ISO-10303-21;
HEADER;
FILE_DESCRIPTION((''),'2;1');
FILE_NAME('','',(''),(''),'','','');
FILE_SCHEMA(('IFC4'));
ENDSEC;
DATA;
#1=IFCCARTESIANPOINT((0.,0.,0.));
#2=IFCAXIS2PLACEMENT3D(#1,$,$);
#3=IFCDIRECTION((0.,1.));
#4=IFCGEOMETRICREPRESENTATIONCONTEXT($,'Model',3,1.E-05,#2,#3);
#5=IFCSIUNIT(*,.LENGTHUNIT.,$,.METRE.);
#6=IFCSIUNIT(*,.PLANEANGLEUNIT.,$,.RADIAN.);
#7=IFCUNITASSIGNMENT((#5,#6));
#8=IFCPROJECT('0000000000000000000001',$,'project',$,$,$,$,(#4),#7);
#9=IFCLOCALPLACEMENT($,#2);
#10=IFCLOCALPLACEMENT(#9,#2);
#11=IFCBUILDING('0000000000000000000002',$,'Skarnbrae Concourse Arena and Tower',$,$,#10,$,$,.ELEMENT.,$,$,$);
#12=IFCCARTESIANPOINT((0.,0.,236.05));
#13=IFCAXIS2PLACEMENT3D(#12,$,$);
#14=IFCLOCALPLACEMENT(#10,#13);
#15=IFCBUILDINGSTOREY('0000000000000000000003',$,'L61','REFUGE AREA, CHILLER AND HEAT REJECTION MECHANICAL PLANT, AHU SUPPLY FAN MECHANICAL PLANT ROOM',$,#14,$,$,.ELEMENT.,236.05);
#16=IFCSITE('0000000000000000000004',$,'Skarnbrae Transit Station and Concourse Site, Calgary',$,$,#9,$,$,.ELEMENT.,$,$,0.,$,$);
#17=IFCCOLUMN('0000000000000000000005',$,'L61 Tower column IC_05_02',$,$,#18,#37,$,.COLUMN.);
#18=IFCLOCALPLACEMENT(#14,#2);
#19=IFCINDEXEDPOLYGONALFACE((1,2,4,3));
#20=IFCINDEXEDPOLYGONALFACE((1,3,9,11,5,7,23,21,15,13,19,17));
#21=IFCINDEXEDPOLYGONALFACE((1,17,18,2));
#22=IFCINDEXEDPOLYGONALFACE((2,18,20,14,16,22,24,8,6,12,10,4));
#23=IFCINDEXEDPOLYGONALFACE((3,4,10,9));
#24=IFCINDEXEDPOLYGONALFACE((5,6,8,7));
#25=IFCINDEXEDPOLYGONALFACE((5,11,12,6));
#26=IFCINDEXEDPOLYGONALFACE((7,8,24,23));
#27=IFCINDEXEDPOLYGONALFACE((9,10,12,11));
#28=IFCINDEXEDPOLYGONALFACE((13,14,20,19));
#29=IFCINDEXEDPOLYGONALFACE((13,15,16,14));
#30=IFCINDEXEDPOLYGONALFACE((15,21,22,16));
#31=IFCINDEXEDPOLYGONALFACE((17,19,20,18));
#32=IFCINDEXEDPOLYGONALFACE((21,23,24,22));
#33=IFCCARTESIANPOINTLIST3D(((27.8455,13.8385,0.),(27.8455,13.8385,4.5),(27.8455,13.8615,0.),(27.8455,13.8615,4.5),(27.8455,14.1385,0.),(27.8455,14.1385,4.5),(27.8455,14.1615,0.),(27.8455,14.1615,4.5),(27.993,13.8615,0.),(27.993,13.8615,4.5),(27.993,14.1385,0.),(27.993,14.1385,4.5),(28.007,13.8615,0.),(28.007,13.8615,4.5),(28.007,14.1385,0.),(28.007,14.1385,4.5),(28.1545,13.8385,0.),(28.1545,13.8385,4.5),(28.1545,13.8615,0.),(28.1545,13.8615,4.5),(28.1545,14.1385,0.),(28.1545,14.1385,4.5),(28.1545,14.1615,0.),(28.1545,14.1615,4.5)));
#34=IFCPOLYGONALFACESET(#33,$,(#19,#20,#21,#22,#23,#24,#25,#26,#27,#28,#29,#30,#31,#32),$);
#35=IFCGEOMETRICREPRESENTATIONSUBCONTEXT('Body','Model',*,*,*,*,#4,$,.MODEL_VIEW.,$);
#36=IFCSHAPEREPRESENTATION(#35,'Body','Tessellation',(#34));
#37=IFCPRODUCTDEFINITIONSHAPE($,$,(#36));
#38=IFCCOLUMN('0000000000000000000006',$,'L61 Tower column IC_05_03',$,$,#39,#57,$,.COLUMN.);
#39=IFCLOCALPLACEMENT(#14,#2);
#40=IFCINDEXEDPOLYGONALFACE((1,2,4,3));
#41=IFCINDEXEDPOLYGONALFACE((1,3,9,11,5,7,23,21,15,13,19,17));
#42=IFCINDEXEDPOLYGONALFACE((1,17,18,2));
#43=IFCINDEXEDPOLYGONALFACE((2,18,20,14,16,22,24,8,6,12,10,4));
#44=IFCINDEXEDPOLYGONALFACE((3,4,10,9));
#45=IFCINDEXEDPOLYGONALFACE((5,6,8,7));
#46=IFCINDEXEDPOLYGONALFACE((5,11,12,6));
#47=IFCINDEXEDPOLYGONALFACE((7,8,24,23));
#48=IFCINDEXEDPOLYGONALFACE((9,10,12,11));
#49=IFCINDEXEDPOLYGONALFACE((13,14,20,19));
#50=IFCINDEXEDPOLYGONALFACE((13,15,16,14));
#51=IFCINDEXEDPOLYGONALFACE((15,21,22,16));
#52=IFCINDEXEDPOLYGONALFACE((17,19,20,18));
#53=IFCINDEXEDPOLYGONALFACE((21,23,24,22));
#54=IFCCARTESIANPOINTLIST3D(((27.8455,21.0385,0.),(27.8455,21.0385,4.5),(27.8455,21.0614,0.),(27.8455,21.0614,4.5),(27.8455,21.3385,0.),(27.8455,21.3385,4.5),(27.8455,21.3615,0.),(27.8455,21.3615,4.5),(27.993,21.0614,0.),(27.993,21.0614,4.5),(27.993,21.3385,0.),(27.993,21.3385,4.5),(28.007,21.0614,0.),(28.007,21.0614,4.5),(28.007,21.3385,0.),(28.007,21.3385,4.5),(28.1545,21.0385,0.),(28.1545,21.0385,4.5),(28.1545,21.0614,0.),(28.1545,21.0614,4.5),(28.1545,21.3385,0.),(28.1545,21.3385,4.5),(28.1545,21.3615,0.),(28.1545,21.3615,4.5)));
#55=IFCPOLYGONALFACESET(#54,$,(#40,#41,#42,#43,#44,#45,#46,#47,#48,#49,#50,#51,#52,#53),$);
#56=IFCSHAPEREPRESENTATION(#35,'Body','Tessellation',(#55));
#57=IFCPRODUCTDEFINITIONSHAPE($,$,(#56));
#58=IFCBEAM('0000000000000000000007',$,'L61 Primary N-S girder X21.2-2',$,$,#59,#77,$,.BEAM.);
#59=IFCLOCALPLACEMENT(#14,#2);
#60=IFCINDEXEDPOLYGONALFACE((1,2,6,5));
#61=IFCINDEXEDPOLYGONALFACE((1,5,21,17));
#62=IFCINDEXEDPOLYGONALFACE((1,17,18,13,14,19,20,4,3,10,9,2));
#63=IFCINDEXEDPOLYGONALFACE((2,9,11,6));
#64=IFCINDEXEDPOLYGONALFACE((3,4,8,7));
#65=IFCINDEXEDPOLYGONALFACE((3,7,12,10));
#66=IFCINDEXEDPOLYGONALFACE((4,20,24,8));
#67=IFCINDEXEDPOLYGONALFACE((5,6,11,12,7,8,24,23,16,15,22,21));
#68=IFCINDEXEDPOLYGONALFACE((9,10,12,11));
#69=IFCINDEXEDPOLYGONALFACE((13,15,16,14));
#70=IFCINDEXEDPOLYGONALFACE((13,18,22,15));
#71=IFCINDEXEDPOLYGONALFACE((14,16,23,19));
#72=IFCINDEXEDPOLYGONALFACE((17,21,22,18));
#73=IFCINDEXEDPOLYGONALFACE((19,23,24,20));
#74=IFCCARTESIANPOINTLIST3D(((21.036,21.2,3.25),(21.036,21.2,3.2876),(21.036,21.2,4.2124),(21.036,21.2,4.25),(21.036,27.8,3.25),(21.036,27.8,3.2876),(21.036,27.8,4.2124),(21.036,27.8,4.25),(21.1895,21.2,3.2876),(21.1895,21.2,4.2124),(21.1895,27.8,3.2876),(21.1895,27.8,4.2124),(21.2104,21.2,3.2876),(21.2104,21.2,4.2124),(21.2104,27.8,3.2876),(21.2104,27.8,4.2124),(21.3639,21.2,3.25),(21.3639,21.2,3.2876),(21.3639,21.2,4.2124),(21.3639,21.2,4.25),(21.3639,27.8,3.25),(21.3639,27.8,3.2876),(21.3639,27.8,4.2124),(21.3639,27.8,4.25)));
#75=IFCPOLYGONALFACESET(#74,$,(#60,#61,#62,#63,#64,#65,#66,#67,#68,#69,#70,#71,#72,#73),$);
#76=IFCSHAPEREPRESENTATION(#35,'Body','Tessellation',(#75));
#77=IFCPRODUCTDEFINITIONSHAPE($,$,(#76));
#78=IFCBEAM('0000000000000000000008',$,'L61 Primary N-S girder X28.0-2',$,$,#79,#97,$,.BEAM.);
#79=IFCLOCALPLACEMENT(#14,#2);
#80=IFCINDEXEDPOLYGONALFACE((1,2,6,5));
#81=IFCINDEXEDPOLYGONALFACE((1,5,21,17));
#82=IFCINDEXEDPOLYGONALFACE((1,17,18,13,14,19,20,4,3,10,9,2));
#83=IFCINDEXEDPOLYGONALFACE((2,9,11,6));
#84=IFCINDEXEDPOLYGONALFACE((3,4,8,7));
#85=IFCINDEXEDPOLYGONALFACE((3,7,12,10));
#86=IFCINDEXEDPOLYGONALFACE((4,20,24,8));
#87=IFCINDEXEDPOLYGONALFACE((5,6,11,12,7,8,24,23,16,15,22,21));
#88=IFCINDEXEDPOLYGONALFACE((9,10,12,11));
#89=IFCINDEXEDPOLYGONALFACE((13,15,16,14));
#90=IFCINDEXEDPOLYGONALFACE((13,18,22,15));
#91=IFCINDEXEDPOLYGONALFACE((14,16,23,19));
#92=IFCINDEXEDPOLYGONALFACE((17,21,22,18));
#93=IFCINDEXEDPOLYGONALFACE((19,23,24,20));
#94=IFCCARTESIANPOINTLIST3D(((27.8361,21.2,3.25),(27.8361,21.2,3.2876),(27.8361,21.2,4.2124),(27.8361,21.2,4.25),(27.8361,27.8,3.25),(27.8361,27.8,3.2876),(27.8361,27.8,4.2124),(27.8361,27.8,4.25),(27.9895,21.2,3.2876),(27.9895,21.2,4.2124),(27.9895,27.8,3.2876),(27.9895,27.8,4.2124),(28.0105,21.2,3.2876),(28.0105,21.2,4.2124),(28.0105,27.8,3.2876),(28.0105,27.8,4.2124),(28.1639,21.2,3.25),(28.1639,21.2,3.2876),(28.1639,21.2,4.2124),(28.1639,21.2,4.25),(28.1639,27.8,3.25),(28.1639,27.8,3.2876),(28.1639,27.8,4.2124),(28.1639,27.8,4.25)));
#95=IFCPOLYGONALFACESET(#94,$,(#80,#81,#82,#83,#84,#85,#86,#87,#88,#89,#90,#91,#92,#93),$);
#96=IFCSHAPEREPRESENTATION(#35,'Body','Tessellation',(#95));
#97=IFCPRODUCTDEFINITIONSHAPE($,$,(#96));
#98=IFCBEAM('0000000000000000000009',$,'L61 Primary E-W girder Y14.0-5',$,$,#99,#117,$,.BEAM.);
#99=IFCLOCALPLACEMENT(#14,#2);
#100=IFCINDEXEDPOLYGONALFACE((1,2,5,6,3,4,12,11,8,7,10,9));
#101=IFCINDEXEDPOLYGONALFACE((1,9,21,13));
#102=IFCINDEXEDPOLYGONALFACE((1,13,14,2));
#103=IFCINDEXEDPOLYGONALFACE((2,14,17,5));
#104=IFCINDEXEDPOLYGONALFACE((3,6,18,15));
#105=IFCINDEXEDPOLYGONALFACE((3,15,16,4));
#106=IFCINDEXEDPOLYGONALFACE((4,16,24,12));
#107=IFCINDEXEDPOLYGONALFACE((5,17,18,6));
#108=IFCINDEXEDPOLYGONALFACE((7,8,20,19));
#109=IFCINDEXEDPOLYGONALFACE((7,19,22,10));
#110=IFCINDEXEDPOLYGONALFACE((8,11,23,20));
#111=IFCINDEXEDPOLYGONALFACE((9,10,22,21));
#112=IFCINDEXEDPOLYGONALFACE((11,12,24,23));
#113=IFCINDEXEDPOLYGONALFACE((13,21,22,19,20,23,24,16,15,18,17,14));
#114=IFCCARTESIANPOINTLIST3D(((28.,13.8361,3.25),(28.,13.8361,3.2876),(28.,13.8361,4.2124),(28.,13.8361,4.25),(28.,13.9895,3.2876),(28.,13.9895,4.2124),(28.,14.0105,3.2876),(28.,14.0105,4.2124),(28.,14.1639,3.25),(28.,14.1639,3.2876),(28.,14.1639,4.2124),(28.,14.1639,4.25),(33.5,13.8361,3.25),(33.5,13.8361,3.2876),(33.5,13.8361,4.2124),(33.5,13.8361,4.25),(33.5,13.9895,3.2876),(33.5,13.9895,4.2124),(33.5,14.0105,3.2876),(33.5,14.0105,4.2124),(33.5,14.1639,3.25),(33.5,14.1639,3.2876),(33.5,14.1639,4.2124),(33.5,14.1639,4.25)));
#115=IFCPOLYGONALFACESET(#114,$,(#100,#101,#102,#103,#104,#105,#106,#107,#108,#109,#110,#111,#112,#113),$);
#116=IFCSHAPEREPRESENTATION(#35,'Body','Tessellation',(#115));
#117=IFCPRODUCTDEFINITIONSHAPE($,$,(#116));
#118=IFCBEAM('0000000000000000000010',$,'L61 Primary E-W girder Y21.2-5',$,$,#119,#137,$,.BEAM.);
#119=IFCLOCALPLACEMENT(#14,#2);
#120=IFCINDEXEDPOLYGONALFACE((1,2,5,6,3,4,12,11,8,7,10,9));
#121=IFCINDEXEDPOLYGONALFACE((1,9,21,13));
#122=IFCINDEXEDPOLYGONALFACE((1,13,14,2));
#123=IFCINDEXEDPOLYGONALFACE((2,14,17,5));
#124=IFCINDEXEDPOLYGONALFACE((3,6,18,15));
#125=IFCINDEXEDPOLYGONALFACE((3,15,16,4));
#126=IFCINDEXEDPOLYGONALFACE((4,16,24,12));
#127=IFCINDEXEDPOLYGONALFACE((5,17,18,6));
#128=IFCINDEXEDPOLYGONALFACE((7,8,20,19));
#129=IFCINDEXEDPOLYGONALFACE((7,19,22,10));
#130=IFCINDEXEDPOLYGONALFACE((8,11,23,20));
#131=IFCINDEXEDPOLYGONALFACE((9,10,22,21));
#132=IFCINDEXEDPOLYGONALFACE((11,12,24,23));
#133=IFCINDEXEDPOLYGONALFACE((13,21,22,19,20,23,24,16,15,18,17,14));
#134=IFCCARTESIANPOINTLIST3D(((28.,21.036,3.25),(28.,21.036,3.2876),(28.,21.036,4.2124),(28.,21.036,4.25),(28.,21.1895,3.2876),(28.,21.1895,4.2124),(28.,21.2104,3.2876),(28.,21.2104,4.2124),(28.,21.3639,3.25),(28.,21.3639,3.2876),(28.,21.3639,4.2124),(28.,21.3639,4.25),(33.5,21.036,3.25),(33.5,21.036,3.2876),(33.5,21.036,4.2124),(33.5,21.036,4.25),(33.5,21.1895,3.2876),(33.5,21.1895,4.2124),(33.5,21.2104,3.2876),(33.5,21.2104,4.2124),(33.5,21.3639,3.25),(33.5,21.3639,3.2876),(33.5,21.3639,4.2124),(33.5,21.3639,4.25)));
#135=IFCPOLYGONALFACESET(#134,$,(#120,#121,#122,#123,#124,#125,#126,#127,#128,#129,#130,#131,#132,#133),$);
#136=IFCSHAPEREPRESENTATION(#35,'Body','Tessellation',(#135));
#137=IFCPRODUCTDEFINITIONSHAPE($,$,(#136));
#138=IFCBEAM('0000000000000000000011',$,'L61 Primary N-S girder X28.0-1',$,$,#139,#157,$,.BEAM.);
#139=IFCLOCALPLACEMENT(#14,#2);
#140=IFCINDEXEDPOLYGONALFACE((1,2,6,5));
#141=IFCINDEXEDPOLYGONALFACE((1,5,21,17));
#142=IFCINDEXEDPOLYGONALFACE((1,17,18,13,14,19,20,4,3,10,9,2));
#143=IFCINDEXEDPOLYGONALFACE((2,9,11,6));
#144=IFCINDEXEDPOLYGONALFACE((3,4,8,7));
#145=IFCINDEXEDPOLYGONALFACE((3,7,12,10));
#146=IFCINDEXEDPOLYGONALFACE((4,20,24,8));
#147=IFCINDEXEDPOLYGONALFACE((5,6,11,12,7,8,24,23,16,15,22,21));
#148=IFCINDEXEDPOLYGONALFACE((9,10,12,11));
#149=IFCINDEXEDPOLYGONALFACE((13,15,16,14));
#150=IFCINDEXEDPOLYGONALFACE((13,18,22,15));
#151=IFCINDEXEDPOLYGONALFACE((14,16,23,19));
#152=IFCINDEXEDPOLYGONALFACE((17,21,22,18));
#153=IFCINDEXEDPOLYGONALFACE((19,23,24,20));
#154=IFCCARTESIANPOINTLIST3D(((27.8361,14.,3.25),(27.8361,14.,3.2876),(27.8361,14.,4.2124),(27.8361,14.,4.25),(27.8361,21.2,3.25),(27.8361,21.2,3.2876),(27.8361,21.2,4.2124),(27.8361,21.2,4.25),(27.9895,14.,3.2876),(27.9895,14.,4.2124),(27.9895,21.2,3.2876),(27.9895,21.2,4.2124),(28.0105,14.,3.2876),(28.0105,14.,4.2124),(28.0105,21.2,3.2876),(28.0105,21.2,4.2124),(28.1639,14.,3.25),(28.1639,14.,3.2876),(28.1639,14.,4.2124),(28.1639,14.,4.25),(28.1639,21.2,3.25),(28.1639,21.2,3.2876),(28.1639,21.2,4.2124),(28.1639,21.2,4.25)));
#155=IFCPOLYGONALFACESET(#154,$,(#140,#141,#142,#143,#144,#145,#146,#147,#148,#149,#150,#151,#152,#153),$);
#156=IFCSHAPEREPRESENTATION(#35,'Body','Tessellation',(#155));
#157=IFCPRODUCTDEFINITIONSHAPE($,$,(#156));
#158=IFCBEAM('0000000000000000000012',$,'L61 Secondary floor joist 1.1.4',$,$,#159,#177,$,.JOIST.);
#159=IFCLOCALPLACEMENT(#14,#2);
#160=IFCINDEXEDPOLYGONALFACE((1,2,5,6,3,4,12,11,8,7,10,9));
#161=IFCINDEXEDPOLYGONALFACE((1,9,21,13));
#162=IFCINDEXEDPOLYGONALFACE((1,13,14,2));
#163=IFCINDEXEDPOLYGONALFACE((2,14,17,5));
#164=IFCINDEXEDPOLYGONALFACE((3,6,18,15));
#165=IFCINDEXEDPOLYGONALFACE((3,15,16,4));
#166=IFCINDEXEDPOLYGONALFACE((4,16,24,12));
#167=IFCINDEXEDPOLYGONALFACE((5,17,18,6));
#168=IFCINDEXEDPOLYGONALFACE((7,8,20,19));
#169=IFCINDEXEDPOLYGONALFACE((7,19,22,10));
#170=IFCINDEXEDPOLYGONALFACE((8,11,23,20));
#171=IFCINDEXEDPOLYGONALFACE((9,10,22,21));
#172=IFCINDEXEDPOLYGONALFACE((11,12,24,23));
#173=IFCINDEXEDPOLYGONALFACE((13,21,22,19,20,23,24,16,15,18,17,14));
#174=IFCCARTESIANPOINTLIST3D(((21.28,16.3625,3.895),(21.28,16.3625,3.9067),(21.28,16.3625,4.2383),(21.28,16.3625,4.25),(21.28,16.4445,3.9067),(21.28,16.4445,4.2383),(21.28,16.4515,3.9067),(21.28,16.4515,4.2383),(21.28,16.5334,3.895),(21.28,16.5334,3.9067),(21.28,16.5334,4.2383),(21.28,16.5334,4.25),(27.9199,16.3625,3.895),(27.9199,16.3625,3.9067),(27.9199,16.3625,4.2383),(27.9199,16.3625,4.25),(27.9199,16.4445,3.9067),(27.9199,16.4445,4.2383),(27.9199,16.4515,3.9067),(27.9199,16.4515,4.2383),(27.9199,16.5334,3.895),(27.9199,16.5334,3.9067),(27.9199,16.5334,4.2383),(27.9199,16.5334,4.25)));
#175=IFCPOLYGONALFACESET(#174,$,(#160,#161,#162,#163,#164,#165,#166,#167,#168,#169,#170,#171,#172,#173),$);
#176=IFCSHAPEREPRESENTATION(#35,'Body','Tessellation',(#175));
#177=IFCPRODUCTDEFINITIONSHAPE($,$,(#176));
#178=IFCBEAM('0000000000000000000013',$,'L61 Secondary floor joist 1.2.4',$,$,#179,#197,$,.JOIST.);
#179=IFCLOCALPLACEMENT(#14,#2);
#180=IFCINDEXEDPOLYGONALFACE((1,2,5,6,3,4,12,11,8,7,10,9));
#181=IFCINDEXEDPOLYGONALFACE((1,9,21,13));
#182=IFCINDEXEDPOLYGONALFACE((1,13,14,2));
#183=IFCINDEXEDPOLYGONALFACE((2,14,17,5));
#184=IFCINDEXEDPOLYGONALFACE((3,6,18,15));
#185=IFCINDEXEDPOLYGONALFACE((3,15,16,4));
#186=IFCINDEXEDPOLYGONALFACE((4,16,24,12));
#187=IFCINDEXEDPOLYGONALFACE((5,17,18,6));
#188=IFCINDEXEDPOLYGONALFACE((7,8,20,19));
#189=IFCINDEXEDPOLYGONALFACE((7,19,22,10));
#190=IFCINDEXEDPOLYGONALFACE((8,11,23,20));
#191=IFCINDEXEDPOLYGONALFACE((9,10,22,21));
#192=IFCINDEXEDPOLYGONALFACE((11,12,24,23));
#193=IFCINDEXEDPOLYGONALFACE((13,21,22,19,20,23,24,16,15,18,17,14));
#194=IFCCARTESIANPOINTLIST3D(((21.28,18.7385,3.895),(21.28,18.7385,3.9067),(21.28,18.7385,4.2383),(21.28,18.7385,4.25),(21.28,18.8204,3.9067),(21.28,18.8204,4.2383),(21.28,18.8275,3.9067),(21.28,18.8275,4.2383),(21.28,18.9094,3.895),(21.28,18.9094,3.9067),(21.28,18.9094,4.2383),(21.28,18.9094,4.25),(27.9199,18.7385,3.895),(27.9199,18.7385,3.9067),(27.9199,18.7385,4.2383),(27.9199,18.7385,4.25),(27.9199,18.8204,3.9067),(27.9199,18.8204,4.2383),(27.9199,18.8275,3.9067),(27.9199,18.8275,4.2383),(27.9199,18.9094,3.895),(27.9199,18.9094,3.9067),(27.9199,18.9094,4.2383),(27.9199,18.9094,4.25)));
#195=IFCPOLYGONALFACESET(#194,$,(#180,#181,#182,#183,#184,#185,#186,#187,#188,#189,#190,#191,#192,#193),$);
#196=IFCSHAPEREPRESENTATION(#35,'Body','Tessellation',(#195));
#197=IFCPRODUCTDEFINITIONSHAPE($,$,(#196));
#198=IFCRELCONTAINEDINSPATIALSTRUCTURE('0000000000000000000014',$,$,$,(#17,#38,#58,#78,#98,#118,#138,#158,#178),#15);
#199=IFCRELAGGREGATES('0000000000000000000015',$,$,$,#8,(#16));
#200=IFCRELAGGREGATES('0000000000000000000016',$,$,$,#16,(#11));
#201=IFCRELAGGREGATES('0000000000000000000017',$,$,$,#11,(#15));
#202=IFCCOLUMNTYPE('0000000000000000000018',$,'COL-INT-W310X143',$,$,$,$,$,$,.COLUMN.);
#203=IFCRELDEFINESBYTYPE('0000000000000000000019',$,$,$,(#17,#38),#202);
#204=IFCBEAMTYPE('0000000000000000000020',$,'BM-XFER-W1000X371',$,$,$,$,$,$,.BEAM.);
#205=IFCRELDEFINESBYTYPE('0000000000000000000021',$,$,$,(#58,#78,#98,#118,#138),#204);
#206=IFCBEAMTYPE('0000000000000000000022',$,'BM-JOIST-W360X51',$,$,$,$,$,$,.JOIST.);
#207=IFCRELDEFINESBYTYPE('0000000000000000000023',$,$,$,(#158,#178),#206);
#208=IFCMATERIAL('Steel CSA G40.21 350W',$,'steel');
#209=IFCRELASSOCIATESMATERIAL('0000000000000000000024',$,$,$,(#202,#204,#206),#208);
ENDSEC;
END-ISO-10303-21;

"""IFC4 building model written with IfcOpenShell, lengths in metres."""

from ifc_helpers import new_model, si_unit, direction, frame, origin, origin_2d, place, context, subcontext, project, spatial, i_section, extrude, source, transform, mapped, material, material_profile, profile_set, type_object, element, save


model = new_model("IFC4")

# Units and contexts
model_context = context("Model", 3, precision=1e-05, world=origin(), true_north=direction((0.0, 1.0)))
body_context = subcontext(model_context, "Body", "Model", "MODEL_VIEW")
ifc_project = project(units=[si_unit("LENGTHUNIT", "METRE"), si_unit("PLANEANGLEUNIT", "RADIAN")], contexts=[model_context])

# Site, building, storey
site_placement = place(None, origin())
site = spatial("IfcSite", under=ifc_project, at=site_placement, Name="Skarnbrae Transit Station and Concourse Site, Calgary", CompositionType="ELEMENT", RefElevation=0.0)
building_placement = place(site_placement, origin())
building = spatial("IfcBuilding", under=site, at=building_placement, Name="Skarnbrae Concourse Arena and Tower", CompositionType="ELEMENT")
storey_placement = place(building_placement, frame((0.0, 0.0, 236.05)))
storey = spatial("IfcBuildingStorey", under=building, at=storey_placement, Name="L61", Description="REFUGE AREA, CHILLER AND HEAT REJECTION MECHANICAL PLANT, AHU SUPPLY FAN MECHANICAL PLANT ROOM", CompositionType="ELEMENT", Elevation=236.05)

# Columns
ifc_material_1 = material(Name="Steel CSA G40.21 350W", Category="steel")
ifc_material_profile_1 = material_profile(ifc_material_1, i_section(OverallWidth=0.3091, OverallDepth=0.323, WebThickness=0.0139, FlangeThickness=0.0229, at=origin_2d()), Name="W310X143")
ifc_profile_set_1 = profile_set([ifc_material_profile_1], Name="Steel CSA G40.21 350W")
column_type = type_object("IfcColumnType", Name="COL-INT-W310X143", PredefinedType="COLUMN", material=ifc_profile_set_1)
shared_shape_1 = source(origin(), body_context, "Body", "SweptSolid", [
    extrude(i_section(OverallWidth=0.3091, OverallDepth=0.323, WebThickness=0.0139, FlangeThickness=0.0229, at=origin_2d()), origin(), (0.0, 0.0, 1.0), 4.5),
])
for number, where, z_axis, x_axis, name in (
    (1, (28.0, 14.0, 0.0), (0.0, 0.0, 1.0), (1.0, 0.0, 0.0), "L61 Tower column IC_05_02"),
    (2, (28.0, 21.2, 0.0), (0.0, 0.0, 1.0), (1.0, 0.0, 0.0), "L61 Tower column IC_05_03"),
):
    element("IfcColumn", number, at=place(storey_placement, frame(where, z_axis=z_axis, x_axis=x_axis)), inside=storey, type_object=column_type, Name=name, PredefinedType="COLUMN", context=body_context, shape_type="MappedRepresentation", body=[
        mapped(shared_shape_1, transform((0.0, 0.0, 0.0))),
    ])

# Beams
ifc_material_profile_2 = material_profile(ifc_material_1, i_section(OverallWidth=0.3279, OverallDepth=1.0, WebThickness=0.021, FlangeThickness=0.0376, at=origin_2d()), Name="W1000X371")
ifc_profile_set_2 = profile_set([ifc_material_profile_2], Name="Steel CSA G40.21 350W")
beam_type_1 = type_object("IfcBeamType", Name="BM-XFER-W1000X371", PredefinedType="BEAM", material=ifc_profile_set_2)
shared_shape_2 = source(origin(), body_context, "Body", "SweptSolid", [
    extrude(i_section(OverallWidth=0.3279, OverallDepth=1.0, WebThickness=0.021, FlangeThickness=0.0376, at=origin_2d()), origin(), (0.0, 0.0, 1.0), 6.6001),
])
for number, where, z_axis, x_axis, name in (
    (3, (21.2, 21.2, 3.75), (0.0, 1.0, 0.0), (-1.0, 0.0, 0.0), "L61 Primary N-S girder X21.2-2"),
    (4, (28.0, 21.2, 3.75), (0.0, 1.0, 0.0), (-1.0, 0.0, 0.0), "L61 Primary N-S girder X28.0-2"),
):
    element("IfcBeam", number, at=place(storey_placement, frame(where, z_axis=z_axis, x_axis=x_axis)), inside=storey, type_object=beam_type_1, Name=name, PredefinedType="BEAM", context=body_context, shape_type="MappedRepresentation", body=[
        mapped(shared_shape_2, transform((0.0, 0.0, 0.0))),
    ])
shared_shape_3 = source(origin(), body_context, "Body", "SweptSolid", [
    extrude(i_section(OverallWidth=0.3279, OverallDepth=1.0, WebThickness=0.021, FlangeThickness=0.0376, at=origin_2d()), origin(), (0.0, 0.0, 1.0), 5.5),
])
for number, where, z_axis, x_axis, name in (
    (5, (28.0, 14.0, 3.75), (1.0, 0.0, 0.0), (0.0, 1.0, 0.0), "L61 Primary E-W girder Y14.0-5"),
    (6, (28.0, 21.2, 3.75), (1.0, 0.0, 0.0), (0.0, 1.0, 0.0), "L61 Primary E-W girder Y21.2-5"),
):
    element("IfcBeam", number, at=place(storey_placement, frame(where, z_axis=z_axis, x_axis=x_axis)), inside=storey, type_object=beam_type_1, Name=name, PredefinedType="BEAM", context=body_context, shape_type="MappedRepresentation", body=[
        mapped(shared_shape_3, transform((0.0, 0.0, 0.0))),
    ])
shared_shape_4 = source(origin(), body_context, "Body", "SweptSolid", [
    extrude(i_section(OverallWidth=0.3279, OverallDepth=1.0, WebThickness=0.021, FlangeThickness=0.0376, at=origin_2d()), origin(), (0.0, 0.0, 1.0), 7.2),
])
beam_placement = place(storey_placement, frame((28.0, 14.0, 3.75), z_axis=(0.0, 1.0, 0.0), x_axis=(-1.0, 0.0, 0.0)))
element("IfcBeam", 7, at=beam_placement, inside=storey, type_object=beam_type_1, Name="L61 Primary N-S girder X28.0-1", PredefinedType="BEAM", context=body_context, shape_type="MappedRepresentation", body=[
    mapped(shared_shape_4, transform((0.0, 0.0, 0.0))),
])
ifc_material_profile_3 = material_profile(ifc_material_1, i_section(OverallWidth=0.1709, OverallDepth=0.355, WebThickness=0.0071, FlangeThickness=0.0117, at=origin_2d()), Name="W360X51")
ifc_profile_set_3 = profile_set([ifc_material_profile_3], Name="Steel CSA G40.21 350W")
beam_type_2 = type_object("IfcBeamType", Name="BM-JOIST-W360X51", PredefinedType="JOIST", material=ifc_profile_set_3)
shared_shape_5 = source(origin(), body_context, "Body", "SweptSolid", [
    extrude(i_section(OverallWidth=0.1709, OverallDepth=0.355, WebThickness=0.0071, FlangeThickness=0.0117, at=origin_2d()), origin(), (0.0, 0.0, 1.0), 6.6399),
])
for number, where, z_axis, x_axis, name in (
    (8, (21.28, 16.448, 4.0725), (1.0, 0.0, 0.0), (0.0, 1.0, 0.0), "L61 Secondary floor joist 1.1.4"),
    (9, (21.28, 18.824, 4.0725), (1.0, 0.0, 0.0), (0.0, 1.0, 0.0), "L61 Secondary floor joist 1.2.4"),
):
    element("IfcBeam", number, at=place(storey_placement, frame(where, z_axis=z_axis, x_axis=x_axis)), inside=storey, type_object=beam_type_2, Name=name, PredefinedType="JOIST", context=body_context, shape_type="MappedRepresentation", body=[
        mapped(shared_shape_5, transform((0.0, 0.0, 0.0))),
    ])

save(model, "model.ifc")
